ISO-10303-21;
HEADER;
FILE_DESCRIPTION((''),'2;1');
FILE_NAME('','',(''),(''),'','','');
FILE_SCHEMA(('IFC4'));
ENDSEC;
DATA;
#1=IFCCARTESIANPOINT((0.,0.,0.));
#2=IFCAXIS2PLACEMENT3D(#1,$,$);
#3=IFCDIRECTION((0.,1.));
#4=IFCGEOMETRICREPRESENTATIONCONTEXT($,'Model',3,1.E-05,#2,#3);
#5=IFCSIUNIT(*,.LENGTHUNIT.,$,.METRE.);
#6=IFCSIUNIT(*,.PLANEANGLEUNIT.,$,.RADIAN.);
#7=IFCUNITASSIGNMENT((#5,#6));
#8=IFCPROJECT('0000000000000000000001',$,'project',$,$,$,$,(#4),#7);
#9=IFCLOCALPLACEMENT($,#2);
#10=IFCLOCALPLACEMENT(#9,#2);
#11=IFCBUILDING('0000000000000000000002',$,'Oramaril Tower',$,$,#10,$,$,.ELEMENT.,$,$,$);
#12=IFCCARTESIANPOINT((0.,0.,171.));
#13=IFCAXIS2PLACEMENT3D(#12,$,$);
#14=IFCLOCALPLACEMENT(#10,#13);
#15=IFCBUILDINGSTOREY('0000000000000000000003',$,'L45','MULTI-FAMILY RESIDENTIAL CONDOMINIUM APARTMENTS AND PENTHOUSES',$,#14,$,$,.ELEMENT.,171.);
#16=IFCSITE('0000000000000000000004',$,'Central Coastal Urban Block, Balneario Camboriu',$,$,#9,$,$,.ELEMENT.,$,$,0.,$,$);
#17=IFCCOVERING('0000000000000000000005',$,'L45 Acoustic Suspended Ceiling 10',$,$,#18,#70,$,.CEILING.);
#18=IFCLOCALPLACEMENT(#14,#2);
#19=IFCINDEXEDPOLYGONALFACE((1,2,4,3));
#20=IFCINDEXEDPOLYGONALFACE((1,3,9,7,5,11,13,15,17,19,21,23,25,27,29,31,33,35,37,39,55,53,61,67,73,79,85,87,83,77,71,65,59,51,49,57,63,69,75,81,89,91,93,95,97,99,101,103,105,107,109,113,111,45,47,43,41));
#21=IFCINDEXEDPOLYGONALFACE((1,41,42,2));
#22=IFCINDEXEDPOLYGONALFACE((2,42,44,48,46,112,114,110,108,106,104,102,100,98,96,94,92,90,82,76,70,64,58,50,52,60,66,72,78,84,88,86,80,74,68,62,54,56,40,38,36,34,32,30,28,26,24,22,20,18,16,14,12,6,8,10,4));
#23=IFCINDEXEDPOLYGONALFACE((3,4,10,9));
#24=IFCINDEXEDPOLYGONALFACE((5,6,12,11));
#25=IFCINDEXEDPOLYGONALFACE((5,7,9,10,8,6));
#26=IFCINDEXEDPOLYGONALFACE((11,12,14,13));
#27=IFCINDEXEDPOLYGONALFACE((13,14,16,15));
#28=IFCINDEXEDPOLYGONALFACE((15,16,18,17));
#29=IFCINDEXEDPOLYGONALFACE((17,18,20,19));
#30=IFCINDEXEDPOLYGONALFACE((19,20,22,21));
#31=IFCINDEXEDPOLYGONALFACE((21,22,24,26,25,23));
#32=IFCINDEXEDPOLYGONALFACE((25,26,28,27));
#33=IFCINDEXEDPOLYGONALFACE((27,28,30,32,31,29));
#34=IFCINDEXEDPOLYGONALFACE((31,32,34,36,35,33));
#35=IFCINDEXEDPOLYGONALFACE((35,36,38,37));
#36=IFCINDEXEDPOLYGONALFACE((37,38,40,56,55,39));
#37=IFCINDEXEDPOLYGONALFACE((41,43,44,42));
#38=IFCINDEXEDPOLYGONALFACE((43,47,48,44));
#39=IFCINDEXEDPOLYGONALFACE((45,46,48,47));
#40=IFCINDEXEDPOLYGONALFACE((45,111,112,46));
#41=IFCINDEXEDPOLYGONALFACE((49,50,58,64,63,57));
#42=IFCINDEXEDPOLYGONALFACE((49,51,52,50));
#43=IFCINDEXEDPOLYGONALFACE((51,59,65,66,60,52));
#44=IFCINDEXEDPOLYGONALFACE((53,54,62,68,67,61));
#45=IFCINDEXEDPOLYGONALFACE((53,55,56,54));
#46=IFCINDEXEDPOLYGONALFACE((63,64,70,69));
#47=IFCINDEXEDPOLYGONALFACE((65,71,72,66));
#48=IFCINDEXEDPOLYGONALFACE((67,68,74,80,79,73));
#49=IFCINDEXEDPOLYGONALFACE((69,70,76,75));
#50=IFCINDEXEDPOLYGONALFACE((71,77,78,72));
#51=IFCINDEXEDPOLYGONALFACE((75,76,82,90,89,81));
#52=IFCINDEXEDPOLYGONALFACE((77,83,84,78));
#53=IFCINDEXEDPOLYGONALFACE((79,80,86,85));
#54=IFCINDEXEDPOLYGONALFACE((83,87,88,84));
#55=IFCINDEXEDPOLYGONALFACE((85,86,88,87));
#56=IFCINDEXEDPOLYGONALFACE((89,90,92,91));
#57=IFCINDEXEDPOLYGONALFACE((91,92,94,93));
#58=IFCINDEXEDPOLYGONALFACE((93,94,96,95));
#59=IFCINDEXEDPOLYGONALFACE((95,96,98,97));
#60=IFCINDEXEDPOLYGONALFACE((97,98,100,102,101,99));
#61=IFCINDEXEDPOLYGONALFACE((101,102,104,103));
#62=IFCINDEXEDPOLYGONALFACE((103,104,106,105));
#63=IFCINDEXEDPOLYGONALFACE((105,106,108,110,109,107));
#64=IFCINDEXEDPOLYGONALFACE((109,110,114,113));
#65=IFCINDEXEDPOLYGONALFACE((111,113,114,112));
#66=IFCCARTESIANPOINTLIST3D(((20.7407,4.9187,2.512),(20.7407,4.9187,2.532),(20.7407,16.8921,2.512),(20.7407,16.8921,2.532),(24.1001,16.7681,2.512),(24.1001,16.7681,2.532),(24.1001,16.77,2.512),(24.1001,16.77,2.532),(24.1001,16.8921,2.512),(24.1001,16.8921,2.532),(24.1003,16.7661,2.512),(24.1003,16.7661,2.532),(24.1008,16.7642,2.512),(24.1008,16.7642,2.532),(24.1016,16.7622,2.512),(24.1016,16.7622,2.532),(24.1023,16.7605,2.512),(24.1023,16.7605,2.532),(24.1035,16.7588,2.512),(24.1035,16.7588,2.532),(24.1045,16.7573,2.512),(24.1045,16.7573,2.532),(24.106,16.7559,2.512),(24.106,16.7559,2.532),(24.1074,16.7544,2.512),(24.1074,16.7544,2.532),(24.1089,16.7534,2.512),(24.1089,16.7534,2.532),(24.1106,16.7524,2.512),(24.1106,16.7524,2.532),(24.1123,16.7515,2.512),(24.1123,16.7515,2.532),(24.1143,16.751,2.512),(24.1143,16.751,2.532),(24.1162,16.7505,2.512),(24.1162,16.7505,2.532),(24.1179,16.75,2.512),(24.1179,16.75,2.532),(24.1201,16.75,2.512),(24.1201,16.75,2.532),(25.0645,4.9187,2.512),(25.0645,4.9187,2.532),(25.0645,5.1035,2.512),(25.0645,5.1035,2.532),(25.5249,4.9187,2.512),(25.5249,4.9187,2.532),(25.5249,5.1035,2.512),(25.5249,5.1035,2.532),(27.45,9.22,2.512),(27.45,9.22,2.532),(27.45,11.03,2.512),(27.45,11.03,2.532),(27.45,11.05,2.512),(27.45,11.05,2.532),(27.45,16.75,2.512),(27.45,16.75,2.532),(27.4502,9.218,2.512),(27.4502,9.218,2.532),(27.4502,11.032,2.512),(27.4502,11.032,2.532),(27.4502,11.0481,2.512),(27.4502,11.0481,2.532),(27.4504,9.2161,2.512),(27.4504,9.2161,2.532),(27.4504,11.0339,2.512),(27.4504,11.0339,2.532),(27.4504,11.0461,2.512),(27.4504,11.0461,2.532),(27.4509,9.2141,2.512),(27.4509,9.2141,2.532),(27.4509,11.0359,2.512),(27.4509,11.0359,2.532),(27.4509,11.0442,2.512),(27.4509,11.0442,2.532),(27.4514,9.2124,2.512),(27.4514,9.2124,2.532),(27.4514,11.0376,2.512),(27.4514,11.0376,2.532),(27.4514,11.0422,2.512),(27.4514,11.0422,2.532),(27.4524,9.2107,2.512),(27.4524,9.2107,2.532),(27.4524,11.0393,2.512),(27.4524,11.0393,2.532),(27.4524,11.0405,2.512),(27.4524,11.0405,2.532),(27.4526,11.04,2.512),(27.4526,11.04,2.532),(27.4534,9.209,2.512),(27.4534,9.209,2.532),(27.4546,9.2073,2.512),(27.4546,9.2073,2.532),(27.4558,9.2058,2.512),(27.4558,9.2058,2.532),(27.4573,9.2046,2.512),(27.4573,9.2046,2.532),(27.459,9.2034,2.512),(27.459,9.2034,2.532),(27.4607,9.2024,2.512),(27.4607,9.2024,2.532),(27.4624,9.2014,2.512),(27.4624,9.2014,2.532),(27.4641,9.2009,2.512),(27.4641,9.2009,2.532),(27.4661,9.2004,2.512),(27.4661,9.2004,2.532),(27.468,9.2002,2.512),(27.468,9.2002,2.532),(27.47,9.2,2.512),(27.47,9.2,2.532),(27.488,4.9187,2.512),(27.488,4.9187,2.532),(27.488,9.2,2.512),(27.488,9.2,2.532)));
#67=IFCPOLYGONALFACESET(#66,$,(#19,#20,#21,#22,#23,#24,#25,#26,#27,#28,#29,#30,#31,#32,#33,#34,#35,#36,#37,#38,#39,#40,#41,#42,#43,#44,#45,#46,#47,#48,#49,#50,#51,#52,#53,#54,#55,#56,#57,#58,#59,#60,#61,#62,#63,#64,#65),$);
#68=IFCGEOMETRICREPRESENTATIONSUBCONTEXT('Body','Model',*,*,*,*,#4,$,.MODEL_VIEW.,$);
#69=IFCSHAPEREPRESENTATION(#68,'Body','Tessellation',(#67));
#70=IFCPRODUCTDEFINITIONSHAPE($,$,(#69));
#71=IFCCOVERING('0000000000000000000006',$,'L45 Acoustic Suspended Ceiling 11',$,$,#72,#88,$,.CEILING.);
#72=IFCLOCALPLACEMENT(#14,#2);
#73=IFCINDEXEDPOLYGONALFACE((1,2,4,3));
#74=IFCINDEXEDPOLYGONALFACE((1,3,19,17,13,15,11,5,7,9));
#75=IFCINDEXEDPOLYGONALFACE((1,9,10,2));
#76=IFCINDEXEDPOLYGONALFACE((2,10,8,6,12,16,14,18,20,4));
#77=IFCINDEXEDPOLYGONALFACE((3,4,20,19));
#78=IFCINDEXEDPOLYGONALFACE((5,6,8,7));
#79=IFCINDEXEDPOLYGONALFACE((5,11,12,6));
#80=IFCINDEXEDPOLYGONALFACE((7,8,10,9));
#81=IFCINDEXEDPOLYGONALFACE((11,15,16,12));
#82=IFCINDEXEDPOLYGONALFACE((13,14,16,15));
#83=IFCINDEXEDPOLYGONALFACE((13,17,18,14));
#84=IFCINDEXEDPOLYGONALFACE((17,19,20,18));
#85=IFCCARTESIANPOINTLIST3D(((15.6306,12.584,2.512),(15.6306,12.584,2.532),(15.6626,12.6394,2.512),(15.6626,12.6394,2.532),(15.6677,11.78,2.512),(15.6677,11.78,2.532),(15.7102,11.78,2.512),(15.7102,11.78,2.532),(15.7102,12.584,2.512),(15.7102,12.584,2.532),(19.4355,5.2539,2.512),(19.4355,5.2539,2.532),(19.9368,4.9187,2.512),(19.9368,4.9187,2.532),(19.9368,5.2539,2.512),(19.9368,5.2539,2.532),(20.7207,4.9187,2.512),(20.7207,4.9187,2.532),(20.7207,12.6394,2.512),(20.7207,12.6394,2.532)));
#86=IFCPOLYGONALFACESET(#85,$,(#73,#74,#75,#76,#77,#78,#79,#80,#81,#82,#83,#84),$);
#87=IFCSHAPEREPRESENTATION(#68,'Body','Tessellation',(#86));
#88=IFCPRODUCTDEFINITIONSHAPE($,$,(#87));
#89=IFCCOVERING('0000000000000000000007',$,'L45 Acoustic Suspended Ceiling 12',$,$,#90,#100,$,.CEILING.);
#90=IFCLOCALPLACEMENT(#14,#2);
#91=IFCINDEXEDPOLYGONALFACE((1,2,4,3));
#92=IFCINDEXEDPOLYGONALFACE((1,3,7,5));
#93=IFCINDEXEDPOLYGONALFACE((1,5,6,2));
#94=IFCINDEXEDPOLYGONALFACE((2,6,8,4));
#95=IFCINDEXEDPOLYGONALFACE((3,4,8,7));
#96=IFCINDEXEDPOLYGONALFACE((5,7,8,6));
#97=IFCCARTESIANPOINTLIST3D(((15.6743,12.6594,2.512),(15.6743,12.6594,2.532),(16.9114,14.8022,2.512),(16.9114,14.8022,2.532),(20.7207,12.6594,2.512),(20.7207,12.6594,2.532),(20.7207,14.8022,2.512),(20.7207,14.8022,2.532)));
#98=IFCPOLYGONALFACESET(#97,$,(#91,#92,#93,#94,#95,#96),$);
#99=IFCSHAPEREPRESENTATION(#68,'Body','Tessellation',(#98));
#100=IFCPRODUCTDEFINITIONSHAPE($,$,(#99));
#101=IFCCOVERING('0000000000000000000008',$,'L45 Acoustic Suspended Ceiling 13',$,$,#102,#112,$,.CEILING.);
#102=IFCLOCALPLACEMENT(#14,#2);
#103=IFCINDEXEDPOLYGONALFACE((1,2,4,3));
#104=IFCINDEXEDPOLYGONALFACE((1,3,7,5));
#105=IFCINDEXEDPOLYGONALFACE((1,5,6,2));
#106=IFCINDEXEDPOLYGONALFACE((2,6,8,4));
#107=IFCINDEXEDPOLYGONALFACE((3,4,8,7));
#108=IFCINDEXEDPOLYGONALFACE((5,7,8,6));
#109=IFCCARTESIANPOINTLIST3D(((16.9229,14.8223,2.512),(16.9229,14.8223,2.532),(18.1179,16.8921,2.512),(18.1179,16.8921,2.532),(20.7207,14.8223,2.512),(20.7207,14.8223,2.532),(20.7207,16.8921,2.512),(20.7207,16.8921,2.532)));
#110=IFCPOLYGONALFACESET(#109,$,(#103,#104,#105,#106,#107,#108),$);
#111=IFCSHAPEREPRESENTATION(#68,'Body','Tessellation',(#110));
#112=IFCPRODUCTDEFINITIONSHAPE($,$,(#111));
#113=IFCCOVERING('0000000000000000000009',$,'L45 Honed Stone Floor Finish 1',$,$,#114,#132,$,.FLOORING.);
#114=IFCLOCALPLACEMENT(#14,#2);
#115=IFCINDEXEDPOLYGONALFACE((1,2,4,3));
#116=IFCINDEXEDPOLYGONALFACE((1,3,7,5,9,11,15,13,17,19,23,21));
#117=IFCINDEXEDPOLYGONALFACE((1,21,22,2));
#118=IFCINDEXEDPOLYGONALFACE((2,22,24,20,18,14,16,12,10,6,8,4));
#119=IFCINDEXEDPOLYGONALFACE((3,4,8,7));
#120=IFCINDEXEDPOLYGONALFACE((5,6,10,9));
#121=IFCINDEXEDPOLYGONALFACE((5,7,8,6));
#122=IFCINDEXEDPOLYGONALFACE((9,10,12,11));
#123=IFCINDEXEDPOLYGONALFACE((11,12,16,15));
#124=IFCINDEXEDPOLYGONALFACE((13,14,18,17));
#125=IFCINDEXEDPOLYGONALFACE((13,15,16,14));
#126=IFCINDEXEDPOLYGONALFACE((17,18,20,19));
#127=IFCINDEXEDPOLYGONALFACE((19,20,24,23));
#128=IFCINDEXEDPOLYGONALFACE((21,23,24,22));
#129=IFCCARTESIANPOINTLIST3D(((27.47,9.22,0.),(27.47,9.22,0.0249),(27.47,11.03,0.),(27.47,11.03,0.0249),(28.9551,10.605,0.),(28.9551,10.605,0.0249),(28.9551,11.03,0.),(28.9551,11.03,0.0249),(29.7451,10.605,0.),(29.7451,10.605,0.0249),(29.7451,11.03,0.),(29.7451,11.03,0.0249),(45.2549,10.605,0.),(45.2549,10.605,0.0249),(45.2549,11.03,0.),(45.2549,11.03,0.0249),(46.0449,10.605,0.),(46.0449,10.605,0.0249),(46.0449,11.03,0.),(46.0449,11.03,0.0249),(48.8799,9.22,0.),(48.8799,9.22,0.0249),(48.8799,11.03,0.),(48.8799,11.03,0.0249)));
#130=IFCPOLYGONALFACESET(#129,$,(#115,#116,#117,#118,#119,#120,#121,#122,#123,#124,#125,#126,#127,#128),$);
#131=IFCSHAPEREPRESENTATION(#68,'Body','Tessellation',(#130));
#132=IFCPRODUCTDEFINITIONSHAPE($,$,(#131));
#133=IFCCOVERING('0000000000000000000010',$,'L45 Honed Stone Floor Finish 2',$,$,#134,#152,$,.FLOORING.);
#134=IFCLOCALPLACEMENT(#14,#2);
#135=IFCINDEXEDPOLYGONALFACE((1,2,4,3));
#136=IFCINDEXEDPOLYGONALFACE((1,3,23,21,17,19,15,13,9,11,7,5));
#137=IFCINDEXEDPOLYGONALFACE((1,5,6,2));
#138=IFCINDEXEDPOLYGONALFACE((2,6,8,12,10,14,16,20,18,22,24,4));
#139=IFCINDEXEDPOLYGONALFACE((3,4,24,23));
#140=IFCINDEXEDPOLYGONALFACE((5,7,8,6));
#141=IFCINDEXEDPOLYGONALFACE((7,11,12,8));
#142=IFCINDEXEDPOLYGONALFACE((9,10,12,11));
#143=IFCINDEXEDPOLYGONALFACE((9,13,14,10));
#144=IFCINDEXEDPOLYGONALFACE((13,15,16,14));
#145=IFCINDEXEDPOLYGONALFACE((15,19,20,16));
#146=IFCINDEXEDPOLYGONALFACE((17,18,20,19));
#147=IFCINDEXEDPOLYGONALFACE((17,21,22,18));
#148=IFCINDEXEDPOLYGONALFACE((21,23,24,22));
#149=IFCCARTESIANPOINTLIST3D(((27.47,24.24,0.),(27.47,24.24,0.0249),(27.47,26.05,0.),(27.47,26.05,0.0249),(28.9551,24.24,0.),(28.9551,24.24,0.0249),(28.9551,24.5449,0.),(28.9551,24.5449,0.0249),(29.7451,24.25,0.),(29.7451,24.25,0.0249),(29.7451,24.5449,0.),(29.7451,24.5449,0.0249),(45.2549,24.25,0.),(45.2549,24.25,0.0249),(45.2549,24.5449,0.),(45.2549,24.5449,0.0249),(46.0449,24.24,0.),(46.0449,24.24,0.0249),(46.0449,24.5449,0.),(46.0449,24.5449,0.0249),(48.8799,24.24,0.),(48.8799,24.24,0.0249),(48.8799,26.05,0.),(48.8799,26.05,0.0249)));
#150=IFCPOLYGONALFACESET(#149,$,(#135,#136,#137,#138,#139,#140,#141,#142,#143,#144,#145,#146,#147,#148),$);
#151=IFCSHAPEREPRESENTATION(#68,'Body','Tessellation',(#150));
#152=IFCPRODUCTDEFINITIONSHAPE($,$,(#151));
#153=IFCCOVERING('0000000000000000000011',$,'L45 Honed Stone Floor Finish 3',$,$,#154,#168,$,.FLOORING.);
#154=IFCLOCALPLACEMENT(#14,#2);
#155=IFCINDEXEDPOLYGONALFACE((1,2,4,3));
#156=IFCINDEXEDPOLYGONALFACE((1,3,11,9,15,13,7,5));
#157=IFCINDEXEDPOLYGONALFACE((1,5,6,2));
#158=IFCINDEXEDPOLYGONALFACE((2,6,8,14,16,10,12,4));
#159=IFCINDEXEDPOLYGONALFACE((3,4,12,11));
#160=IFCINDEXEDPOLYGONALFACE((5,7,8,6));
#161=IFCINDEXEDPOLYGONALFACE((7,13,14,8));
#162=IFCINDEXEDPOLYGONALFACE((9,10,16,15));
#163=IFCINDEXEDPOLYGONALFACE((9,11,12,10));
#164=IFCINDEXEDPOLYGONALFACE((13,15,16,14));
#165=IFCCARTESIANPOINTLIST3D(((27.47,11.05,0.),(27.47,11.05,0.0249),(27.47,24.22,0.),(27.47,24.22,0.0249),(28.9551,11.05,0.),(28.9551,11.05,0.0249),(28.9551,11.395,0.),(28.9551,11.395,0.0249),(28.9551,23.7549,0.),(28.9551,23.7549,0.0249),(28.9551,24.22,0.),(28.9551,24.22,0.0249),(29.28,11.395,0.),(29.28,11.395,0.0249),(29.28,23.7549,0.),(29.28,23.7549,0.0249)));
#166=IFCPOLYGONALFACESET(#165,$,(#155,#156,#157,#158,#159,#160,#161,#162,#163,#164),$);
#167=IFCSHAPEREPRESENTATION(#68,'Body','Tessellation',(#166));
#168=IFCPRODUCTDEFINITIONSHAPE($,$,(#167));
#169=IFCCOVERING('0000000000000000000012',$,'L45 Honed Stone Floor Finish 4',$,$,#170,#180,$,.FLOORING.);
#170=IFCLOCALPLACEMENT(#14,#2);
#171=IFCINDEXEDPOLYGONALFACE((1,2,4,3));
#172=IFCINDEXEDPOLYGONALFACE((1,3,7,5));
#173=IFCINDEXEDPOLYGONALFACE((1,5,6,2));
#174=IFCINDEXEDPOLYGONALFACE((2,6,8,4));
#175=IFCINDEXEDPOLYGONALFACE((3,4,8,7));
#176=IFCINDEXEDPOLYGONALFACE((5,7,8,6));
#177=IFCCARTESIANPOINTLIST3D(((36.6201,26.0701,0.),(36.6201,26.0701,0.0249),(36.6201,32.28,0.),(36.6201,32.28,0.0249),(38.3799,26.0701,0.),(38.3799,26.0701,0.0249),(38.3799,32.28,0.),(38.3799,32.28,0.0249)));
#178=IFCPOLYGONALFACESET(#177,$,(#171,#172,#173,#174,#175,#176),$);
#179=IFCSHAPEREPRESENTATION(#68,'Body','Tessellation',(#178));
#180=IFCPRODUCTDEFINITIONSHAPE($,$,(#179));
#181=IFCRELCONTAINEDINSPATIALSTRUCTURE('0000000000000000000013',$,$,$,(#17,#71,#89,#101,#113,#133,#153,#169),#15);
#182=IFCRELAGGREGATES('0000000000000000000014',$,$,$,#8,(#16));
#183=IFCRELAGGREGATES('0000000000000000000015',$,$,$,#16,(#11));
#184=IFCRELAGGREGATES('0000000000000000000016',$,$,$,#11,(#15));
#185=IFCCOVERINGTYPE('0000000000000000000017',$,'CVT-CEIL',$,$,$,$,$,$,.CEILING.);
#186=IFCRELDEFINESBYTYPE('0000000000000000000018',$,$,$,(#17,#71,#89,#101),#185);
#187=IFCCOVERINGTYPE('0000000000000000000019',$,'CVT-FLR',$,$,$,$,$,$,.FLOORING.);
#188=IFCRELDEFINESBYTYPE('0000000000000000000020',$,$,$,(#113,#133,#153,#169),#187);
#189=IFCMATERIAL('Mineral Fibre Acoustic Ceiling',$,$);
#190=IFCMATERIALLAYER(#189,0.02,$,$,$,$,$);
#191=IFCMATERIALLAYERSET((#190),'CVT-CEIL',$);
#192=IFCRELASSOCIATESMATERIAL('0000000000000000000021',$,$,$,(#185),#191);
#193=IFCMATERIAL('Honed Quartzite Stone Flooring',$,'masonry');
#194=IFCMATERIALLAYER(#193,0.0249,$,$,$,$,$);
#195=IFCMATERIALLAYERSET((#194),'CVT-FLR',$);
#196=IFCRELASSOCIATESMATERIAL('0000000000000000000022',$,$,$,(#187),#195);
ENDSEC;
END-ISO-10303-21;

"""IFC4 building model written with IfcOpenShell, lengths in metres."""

from ifc_helpers import new_model, si_unit, direction, frame, origin, place, context, subcontext, project, spatial, polyline, outline, extrude, material, layer, layer_set, type_object, element, save


model = new_model("IFC4")

# Units and contexts
model_context = context("Model", 3, precision=1e-05, world=origin(), true_north=direction((0.0, 1.0)))
body_context = subcontext(model_context, "Body", "Model", "MODEL_VIEW")
ifc_project = project(units=[si_unit("LENGTHUNIT", "METRE"), si_unit("PLANEANGLEUNIT", "RADIAN")], contexts=[model_context])

# Site, building, storey
site_placement = place(None, origin())
site = spatial("IfcSite", under=ifc_project, at=site_placement, Name="Central Coastal Urban Block, Balneario Camboriu", CompositionType="ELEMENT", RefElevation=0.0)
building_placement = place(site_placement, origin())
building = spatial("IfcBuilding", under=site, at=building_placement, Name="Oramaril Tower", CompositionType="ELEMENT")
storey_placement = place(building_placement, frame((0.0, 0.0, 171.0)))
storey = spatial("IfcBuildingStorey", under=building, at=storey_placement, Name="L45", Description="MULTI-FAMILY RESIDENTIAL CONDOMINIUM APARTMENTS AND PENTHOUSES", CompositionType="ELEMENT", Elevation=171.0)

# Coverings
ifc_material_1 = material(Name="Mineral Fibre Acoustic Ceiling")
ifc_layer_1 = layer(ifc_material_1, 0.02)
ifc_layer_set_1 = layer_set([ifc_layer_1], Name="CVT-CEIL")
covering_type_1 = type_object("IfcCoveringType", Name="CVT-CEIL", PredefinedType="CEILING", material=ifc_layer_set_1)
covering_1_placement = place(storey_placement, frame((0.0, 0.0, 2.512)))
element("IfcCovering", 1, at=covering_1_placement, inside=storey, type_object=covering_type_1, Name="L45 Acoustic Suspended Ceiling 10", PredefinedType="CEILING", context=body_context, shape_type="SweptSolid", body=[
    extrude(outline(polyline([(25.5249, 4.9187), (25.5249, 5.1035), (25.0645, 5.1035), (25.0645, 4.9187), (20.7407, 4.9187), (20.7407, 16.8921), (24.1001, 16.8921), (24.1001, 16.77), (24.1001, 16.7681), (24.1003, 16.7661), (24.1008, 16.7642), (24.1016, 16.7622), (24.1023, 16.7605), (24.1035, 16.7588), (24.1045, 16.7573), (24.106, 16.7559), (24.1074, 16.7544), (24.1089, 16.7534), (24.1106, 16.7524), (24.1123, 16.7515), (24.1143, 16.751), (24.1162, 16.7505), (24.1179, 16.75), (24.1201, 16.75), (27.45, 16.75), (27.45, 11.05), (27.4502, 11.0481), (27.4504, 11.0461), (27.4509, 11.0442), (27.4514, 11.0422), (27.4524, 11.0405), (27.4526, 11.04), (27.4524, 11.0393), (27.4514, 11.0376), (27.4509, 11.0359), (27.4504, 11.0339), (27.4502, 11.032), (27.45, 11.03), (27.45, 9.22), (27.4502, 9.218), (27.4504, 9.2161), (27.4509, 9.2141), (27.4514, 9.2124), (27.4524, 9.2107), (27.4534, 9.209), (27.4546, 9.2073), (27.4558, 9.2058), (27.4573, 9.2046), (27.459, 9.2034), (27.4607, 9.2024), (27.4624, 9.2014), (27.4641, 9.2009), (27.4661, 9.2004), (27.468, 9.2002), (27.47, 9.2), (27.488, 9.2), (27.488, 4.9187), (25.5249, 4.9187)])), origin(), (0.0, 0.0, 1.0), 0.02),
])
covering_2_placement = place(storey_placement, frame((0.0, 0.0, 2.512)))
element("IfcCovering", 2, at=covering_2_placement, inside=storey, type_object=covering_type_1, Name="L45 Acoustic Suspended Ceiling 11", PredefinedType="CEILING", context=body_context, shape_type="SweptSolid", body=[
    extrude(outline(polyline([(19.9368, 4.9187), (19.9368, 5.2539), (19.4355, 5.2539), (15.6677, 11.78), (15.7102, 11.78), (15.7102, 12.584), (15.6306, 12.584), (15.6626, 12.6394), (20.7207, 12.6394), (20.7207, 4.9187), (19.9368, 4.9187)])), origin(), (0.0, 0.0, 1.0), 0.02),
])
covering_3_placement = place(storey_placement, frame((0.0, 0.0, 2.512)))
element("IfcCovering", 3, at=covering_3_placement, inside=storey, type_object=covering_type_1, Name="L45 Acoustic Suspended Ceiling 12", PredefinedType="CEILING", context=body_context, shape_type="SweptSolid", body=[
    extrude(outline(polyline([(16.9114, 14.8022), (20.7207, 14.8022), (20.7207, 12.6594), (15.6743, 12.6594), (16.9114, 14.8022)])), origin(), (0.0, 0.0, 1.0), 0.02),
])
covering_4_placement = place(storey_placement, frame((0.0, 0.0, 2.512)))
element("IfcCovering", 4, at=covering_4_placement, inside=storey, type_object=covering_type_1, Name="L45 Acoustic Suspended Ceiling 13", PredefinedType="CEILING", context=body_context, shape_type="SweptSolid", body=[
    extrude(outline(polyline([(18.1179, 16.8921), (20.7207, 16.8921), (20.7207, 14.8223), (16.9229, 14.8223), (18.1179, 16.8921)])), origin(), (0.0, 0.0, 1.0), 0.02),
])
ifc_material_2 = material(Name="Honed Quartzite Stone Flooring", Category="masonry")
ifc_layer_2 = layer(ifc_material_2, 0.0249)
ifc_layer_set_2 = layer_set([ifc_layer_2], Name="CVT-FLR")
covering_type_2 = type_object("IfcCoveringType", Name="CVT-FLR", PredefinedType="FLOORING", material=ifc_layer_set_2)
covering_5_placement = place(storey_placement, origin())
element("IfcCovering", 5, at=covering_5_placement, inside=storey, type_object=covering_type_2, Name="L45 Honed Stone Floor Finish 1", PredefinedType="FLOORING", context=body_context, shape_type="SweptSolid", body=[
    extrude(outline(polyline([(28.9551, 10.605), (29.7451, 10.605), (29.7451, 11.03), (45.2549, 11.03), (45.2549, 10.605), (46.0449, 10.605), (46.0449, 11.03), (48.8799, 11.03), (48.8799, 9.22), (27.47, 9.22), (27.47, 11.03), (28.9551, 11.03), (28.9551, 10.605)])), origin(), (0.0, 0.0, 1.0), 0.0249),
])
covering_6_placement = place(storey_placement, origin())
element("IfcCovering", 6, at=covering_6_placement, inside=storey, type_object=covering_type_2, Name="L45 Honed Stone Floor Finish 2", PredefinedType="FLOORING", context=body_context, shape_type="SweptSolid", body=[
    extrude(outline(polyline([(48.8799, 24.24), (46.0449, 24.24), (46.0449, 24.5449), (45.2549, 24.5449), (45.2549, 24.25), (29.7451, 24.25), (29.7451, 24.5449), (28.9551, 24.5449), (28.9551, 24.24), (27.47, 24.24), (27.47, 26.05), (48.8799, 26.05), (48.8799, 24.24)])), origin(), (0.0, 0.0, 1.0), 0.0249),
])
covering_7_placement = place(storey_placement, origin())
element("IfcCovering", 7, at=covering_7_placement, inside=storey, type_object=covering_type_2, Name="L45 Honed Stone Floor Finish 3", PredefinedType="FLOORING", context=body_context, shape_type="SweptSolid", body=[
    extrude(outline(polyline([(28.9551, 23.7549), (29.28, 23.7549), (29.28, 11.395), (28.9551, 11.395), (28.9551, 11.05), (27.47, 11.05), (27.47, 24.22), (28.9551, 24.22), (28.9551, 23.7549)])), origin(), (0.0, 0.0, 1.0), 0.0249),
])
covering_8_placement = place(storey_placement, origin())
element("IfcCovering", 8, at=covering_8_placement, inside=storey, type_object=covering_type_2, Name="L45 Honed Stone Floor Finish 4", PredefinedType="FLOORING", context=body_context, shape_type="SweptSolid", body=[
    extrude(outline(polyline([(38.3799, 26.0701), (36.6201, 26.0701), (36.6201, 32.28), (38.3799, 32.28), (38.3799, 26.0701)])), origin(), (0.0, 0.0, 1.0), 0.0249),
])

save(model, "model.ifc")
